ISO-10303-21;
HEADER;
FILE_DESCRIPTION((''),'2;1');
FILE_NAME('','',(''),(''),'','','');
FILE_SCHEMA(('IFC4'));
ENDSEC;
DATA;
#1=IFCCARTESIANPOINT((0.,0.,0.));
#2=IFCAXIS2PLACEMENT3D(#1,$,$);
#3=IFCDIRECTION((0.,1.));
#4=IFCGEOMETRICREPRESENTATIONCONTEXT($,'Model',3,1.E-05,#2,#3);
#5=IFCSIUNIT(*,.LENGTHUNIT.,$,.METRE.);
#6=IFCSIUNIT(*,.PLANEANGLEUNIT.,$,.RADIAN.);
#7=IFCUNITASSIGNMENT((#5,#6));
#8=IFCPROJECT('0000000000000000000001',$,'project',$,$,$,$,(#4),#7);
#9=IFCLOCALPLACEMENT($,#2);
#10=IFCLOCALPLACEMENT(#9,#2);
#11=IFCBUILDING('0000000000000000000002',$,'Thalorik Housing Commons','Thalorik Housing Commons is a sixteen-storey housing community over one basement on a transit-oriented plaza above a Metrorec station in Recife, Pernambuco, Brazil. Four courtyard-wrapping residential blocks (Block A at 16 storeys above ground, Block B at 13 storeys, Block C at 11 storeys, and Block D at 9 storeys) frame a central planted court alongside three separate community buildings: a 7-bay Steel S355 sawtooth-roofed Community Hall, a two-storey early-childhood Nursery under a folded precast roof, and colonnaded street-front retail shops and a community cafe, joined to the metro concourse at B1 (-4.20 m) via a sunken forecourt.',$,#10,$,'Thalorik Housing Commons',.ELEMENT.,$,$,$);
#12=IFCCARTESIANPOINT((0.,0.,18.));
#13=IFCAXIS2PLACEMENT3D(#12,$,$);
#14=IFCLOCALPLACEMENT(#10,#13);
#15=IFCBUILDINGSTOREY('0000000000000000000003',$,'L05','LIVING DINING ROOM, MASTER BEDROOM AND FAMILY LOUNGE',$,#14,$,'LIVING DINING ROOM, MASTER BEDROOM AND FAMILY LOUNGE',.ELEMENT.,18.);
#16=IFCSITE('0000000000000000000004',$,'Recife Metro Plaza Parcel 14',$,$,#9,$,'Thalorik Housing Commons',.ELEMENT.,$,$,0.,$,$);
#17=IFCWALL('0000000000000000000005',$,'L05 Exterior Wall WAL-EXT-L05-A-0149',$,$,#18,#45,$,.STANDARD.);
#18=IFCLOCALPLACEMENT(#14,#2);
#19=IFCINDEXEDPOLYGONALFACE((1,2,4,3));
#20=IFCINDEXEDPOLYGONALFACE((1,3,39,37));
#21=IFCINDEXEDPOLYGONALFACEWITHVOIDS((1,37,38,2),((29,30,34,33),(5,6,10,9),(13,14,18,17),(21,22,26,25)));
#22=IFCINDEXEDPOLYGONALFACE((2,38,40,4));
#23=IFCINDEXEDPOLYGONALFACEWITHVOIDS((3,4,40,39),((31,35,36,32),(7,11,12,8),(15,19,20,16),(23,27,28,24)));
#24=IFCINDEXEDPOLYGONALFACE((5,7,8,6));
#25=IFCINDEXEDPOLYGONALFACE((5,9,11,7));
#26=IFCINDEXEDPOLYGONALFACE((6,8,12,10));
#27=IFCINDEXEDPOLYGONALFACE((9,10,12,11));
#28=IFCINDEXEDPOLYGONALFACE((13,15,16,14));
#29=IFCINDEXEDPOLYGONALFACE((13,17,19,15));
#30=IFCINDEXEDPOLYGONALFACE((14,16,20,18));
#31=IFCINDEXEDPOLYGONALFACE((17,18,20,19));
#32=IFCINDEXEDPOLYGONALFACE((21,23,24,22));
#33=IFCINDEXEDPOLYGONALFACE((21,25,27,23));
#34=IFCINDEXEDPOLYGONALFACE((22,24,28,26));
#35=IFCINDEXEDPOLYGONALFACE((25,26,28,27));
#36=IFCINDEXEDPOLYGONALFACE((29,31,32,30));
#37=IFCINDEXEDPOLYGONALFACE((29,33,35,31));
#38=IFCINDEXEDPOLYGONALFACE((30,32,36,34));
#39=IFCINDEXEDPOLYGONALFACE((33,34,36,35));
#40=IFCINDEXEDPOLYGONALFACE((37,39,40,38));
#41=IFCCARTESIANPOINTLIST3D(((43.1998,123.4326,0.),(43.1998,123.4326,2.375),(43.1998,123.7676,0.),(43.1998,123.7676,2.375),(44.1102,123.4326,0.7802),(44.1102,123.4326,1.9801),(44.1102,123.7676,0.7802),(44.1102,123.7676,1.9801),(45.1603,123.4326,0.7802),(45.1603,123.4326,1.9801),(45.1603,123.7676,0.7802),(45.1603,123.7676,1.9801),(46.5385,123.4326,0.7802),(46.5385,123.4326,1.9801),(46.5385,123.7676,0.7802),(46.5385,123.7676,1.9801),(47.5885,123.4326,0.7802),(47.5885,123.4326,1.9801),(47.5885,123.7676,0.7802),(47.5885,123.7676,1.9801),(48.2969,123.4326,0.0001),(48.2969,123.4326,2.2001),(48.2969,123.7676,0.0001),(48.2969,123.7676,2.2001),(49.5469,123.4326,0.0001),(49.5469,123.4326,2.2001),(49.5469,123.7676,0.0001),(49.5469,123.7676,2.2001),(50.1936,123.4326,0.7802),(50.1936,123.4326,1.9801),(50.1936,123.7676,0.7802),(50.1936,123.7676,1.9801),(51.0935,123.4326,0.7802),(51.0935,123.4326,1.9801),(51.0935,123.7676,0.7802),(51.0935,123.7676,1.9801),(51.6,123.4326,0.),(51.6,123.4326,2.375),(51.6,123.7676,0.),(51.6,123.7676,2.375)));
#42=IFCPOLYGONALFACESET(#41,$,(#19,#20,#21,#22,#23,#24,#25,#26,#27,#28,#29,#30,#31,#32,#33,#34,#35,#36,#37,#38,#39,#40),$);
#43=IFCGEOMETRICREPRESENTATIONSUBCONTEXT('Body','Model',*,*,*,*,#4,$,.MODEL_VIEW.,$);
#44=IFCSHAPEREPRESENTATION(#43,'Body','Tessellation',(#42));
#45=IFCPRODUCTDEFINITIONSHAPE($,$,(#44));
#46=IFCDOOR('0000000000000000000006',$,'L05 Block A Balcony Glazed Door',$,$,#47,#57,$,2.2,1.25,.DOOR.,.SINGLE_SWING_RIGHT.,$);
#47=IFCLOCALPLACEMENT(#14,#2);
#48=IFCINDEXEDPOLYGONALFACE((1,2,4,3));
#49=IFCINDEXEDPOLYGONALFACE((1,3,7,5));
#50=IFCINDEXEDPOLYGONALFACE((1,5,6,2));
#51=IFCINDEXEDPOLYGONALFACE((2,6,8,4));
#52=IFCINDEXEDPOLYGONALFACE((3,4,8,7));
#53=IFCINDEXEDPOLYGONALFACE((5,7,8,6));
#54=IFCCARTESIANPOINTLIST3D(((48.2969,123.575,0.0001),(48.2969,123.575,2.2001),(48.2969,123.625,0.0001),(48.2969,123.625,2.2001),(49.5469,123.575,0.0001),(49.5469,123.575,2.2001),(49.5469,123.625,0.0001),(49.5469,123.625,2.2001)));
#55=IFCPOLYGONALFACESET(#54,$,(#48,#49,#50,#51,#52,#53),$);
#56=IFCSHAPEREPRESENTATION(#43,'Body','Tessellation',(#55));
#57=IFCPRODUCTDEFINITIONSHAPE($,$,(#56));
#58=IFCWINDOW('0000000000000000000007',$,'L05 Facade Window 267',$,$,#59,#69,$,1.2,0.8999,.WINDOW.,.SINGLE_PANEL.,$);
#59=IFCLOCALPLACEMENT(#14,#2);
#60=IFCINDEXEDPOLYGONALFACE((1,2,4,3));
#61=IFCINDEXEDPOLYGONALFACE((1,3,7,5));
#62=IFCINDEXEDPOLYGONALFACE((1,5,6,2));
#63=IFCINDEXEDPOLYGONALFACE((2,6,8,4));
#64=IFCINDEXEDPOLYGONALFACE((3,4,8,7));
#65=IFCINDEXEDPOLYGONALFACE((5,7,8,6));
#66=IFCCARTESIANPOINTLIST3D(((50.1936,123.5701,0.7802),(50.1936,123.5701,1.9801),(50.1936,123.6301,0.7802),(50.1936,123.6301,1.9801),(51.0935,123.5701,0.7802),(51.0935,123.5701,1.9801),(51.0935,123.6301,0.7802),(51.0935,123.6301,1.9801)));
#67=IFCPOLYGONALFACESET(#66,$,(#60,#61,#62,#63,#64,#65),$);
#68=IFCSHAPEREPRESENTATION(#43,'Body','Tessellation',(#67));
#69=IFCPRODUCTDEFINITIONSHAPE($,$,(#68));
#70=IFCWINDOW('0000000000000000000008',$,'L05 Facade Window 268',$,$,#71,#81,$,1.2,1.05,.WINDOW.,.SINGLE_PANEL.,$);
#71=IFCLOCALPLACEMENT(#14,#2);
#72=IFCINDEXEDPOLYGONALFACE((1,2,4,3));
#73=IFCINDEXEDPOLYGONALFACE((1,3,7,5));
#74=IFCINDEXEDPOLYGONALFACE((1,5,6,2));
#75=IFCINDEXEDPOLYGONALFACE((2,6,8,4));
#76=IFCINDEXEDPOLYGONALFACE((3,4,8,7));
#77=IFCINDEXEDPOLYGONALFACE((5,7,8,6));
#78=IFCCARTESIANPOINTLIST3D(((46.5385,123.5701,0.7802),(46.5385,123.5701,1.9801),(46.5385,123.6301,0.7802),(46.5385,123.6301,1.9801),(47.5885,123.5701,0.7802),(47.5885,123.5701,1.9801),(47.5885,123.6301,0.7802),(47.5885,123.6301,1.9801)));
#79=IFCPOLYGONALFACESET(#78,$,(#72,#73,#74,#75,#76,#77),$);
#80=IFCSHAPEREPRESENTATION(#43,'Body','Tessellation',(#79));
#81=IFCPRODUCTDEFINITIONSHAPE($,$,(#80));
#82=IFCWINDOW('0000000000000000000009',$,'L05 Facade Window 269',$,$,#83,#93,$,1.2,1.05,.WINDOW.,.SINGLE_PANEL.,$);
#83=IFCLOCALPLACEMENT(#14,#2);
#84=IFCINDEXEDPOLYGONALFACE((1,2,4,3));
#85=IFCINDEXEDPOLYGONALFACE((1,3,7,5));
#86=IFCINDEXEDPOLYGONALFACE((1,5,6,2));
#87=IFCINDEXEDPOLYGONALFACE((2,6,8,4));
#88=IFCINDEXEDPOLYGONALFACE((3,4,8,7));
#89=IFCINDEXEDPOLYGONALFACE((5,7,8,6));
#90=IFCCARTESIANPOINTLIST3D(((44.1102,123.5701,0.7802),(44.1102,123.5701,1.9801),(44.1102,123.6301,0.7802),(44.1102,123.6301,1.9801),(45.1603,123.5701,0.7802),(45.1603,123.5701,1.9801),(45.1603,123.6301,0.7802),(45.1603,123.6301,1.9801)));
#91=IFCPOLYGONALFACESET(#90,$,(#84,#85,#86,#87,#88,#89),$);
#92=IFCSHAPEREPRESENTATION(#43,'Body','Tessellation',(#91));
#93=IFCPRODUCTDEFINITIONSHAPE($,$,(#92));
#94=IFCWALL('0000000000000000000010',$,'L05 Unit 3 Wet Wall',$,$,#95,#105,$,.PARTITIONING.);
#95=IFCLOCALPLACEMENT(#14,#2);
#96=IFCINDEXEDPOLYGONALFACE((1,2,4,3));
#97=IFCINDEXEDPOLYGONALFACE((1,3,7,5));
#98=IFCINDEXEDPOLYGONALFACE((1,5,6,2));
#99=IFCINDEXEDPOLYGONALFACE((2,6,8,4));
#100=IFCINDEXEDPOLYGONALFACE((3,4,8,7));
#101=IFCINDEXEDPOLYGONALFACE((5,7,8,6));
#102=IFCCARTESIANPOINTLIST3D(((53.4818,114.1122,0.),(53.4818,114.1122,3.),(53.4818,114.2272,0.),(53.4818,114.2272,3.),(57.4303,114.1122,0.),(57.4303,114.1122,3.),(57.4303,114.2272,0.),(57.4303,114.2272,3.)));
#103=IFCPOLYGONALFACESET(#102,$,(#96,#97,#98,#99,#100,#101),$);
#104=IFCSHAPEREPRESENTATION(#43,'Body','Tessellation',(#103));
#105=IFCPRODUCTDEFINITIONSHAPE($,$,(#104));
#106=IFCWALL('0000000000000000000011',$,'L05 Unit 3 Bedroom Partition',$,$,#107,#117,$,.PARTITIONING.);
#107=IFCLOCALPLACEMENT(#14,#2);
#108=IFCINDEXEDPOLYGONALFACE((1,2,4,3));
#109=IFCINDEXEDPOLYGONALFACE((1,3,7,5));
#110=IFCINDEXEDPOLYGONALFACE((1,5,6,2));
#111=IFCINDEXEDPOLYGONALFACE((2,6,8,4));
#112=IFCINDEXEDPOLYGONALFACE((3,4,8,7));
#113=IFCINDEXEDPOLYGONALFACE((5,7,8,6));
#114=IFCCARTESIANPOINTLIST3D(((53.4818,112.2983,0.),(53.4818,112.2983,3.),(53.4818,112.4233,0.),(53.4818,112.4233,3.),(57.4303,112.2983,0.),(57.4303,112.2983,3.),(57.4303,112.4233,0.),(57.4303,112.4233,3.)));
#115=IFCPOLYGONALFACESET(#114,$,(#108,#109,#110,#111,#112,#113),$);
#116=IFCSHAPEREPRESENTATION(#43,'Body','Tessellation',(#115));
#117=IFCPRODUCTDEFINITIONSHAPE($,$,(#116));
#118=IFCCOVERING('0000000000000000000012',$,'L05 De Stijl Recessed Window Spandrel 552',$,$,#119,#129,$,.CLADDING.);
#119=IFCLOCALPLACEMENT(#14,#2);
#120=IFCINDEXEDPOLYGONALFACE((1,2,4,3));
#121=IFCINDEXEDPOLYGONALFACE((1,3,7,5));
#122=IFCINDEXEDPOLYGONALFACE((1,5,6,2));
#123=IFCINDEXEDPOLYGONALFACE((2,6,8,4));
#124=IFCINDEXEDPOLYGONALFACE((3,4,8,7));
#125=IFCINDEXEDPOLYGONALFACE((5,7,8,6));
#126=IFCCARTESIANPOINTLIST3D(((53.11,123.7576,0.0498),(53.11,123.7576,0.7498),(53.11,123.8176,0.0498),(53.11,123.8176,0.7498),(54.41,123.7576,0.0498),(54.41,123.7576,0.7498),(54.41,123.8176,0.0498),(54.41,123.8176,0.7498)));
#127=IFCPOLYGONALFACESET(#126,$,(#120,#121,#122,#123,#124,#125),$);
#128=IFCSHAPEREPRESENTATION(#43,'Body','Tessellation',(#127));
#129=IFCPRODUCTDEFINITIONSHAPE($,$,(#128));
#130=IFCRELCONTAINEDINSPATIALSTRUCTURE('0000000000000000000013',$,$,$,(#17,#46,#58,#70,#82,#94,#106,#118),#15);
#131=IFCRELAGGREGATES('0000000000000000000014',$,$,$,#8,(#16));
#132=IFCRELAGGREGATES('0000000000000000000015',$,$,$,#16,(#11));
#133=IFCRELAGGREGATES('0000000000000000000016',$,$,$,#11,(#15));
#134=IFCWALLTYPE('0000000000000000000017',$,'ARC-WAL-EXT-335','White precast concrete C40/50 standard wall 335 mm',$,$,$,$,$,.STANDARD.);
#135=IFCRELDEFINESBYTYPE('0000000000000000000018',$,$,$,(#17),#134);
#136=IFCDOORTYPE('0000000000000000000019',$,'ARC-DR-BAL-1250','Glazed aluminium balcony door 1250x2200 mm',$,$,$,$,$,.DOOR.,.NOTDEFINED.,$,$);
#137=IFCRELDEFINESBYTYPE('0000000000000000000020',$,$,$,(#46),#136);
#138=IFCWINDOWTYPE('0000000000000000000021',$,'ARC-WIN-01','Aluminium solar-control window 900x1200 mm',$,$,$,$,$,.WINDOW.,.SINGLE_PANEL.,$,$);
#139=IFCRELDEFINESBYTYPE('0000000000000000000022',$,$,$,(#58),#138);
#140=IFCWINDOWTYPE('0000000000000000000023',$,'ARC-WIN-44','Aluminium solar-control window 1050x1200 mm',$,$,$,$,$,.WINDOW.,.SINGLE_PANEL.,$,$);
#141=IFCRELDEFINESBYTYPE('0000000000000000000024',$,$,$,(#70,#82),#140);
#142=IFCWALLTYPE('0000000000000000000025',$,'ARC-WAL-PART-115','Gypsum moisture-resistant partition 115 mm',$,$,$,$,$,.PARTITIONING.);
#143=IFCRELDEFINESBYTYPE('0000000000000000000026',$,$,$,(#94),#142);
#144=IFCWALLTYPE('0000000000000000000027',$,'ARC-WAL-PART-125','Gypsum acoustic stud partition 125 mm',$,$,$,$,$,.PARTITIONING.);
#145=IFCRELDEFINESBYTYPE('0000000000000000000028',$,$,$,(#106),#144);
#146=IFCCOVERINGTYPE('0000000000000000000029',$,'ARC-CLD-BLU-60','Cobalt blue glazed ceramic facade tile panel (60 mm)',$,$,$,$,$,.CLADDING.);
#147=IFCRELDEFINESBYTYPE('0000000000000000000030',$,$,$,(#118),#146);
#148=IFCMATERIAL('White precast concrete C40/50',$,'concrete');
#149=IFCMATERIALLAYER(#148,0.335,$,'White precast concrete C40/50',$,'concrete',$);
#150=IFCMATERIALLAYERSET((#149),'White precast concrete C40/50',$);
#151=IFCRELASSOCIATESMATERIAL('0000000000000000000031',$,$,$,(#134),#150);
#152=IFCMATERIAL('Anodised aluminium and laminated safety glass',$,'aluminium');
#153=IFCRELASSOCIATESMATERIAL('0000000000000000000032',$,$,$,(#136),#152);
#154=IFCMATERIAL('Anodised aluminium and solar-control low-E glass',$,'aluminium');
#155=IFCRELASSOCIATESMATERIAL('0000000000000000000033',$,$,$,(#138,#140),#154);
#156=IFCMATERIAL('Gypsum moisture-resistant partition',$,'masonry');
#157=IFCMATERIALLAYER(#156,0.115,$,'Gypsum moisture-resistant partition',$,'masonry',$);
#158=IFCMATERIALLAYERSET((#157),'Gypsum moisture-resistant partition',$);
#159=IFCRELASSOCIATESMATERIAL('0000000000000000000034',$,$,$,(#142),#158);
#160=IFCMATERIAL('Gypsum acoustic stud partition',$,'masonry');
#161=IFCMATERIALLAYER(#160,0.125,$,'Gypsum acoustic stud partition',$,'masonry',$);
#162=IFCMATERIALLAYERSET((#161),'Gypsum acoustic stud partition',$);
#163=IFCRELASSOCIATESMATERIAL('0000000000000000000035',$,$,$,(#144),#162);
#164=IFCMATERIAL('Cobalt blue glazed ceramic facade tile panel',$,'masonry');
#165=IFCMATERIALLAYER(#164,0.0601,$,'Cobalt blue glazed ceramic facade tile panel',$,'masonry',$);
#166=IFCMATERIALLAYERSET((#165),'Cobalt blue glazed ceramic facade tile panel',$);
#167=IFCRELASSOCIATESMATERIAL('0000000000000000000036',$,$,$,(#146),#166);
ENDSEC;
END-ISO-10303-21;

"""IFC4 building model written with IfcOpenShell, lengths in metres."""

from ifc_helpers import new_model, si_unit, direction, frame, frame_2d, origin, origin_2d, place, context, subcontext, project, spatial, rectangle, extrude, material, layer, layer_set, type_object, element, fill, save


model = new_model("IFC4")

# Units and contexts
model_context = context("Model", 3, precision=1e-05, world=origin(), true_north=direction((0.0, 1.0)))
body_context = subcontext(model_context, "Body", "Model", "MODEL_VIEW")
ifc_project = project(units=[si_unit("LENGTHUNIT", "METRE"), si_unit("PLANEANGLEUNIT", "RADIAN")], contexts=[model_context])

# Site, building, storey
site_placement = place(None, origin())
site = spatial("IfcSite", under=ifc_project, at=site_placement, Name="Recife Metro Plaza Parcel 14", LongName="Thalorik Housing Commons", CompositionType="ELEMENT", RefElevation=0.0)
building_placement = place(site_placement, origin())
building = spatial("IfcBuilding", under=site, at=building_placement, Name="Thalorik Housing Commons", Description="Thalorik Housing Commons is a sixteen-storey housing community over one basement on a transit-oriented plaza above a Metrorec station in Recife, Pernambuco, Brazil. Four courtyard-wrapping residential blocks (Block A at 16 storeys above ground, Block B at 13 storeys, Block C at 11 storeys, and Block D at 9 storeys) frame a central planted court alongside three separate community buildings: a 7-bay Steel S355 sawtooth-roofed Community Hall, a two-storey early-childhood Nursery under a folded precast roof, and colonnaded street-front retail shops and a community cafe, joined to the metro concourse at B1 (-4.20 m) via a sunken forecourt.", LongName="Thalorik Housing Commons", CompositionType="ELEMENT")
storey_placement = place(building_placement, frame((0.0, 0.0, 18.0)))
storey = spatial("IfcBuildingStorey", under=building, at=storey_placement, Name="L05", Description="LIVING DINING ROOM, MASTER BEDROOM AND FAMILY LOUNGE", LongName="LIVING DINING ROOM, MASTER BEDROOM AND FAMILY LOUNGE", CompositionType="ELEMENT", Elevation=18.0)

# Shared definitions
ifc_material_1 = material(Name="White precast concrete C40/50", Category="concrete")
ifc_layer_1 = layer(ifc_material_1, 0.335, Name="White precast concrete C40/50", Category="concrete")
ifc_layer_set_1 = layer_set([ifc_layer_1], Name="White precast concrete C40/50")
wall_type_1 = type_object("IfcWallType", Name="ARC-WAL-EXT-335", Description="White precast concrete C40/50 standard wall 335 mm", PredefinedType="STANDARD", material=ifc_layer_set_1)

# Wall, openings, door, windows
wall_1_placement = place(storey_placement, frame((51.6001, 123.6001, 0.0), z_axis=(0.0, 0.0, 1.0), x_axis=(-1.0, 0.0, 0.0)))
wall_1 = element("IfcWall", 1, at=wall_1_placement, inside=storey, type_object=wall_type_1, Name="L05 Exterior Wall WAL-EXT-L05-A-0149", PredefinedType="STANDARD", context=body_context, shape_type="SweptSolid", body=[
    extrude(rectangle(XDim=8.4001, YDim=0.335, at=frame_2d((4.2002, 0.0))), origin(), (0.0, 0.0, 1.0), 2.375),
])
opening_1_placement = place(wall_1_placement, frame((2.0532, 0.0, 0.0)))
opening_1 = element("IfcOpeningElement", 2, at=opening_1_placement, cuts=wall_1, PredefinedType="OPENING", context=body_context, shape_type="SweptSolid", body=[
    extrude(rectangle(XDim=1.25, YDim=2.2, at=frame_2d((0.625, 1.1001))), frame((0.0, 0.1775, 0.0), z_axis=(0.0, -1.0, 0.0), x_axis=(1.0, 0.0, 0.0)), (0.0, 0.0, 1.0), 0.355),
])
opening_2_placement = place(wall_1_placement, frame((0.5066, 0.0, 0.78)))
opening_2 = element("IfcOpeningElement", 3, at=opening_2_placement, cuts=wall_1, PredefinedType="OPENING", context=body_context, shape_type="SweptSolid", body=[
    extrude(rectangle(XDim=0.8999, YDim=1.2, at=frame_2d((0.45, 0.6001))), frame((0.0, 0.1775, 0.0), z_axis=(0.0, -1.0, 0.0), x_axis=(1.0, 0.0, 0.0)), (0.0, 0.0, 1.0), 0.355),
])
opening_3_placement = place(wall_1_placement, frame((4.0117, 0.0, 0.78)))
opening_3 = element("IfcOpeningElement", 4, at=opening_3_placement, cuts=wall_1, PredefinedType="OPENING", context=body_context, shape_type="SweptSolid", body=[
    extrude(rectangle(XDim=1.05, YDim=1.2, at=frame_2d((0.5249, 0.6001))), frame((0.0, 0.1775, 0.0), z_axis=(0.0, -1.0, 0.0), x_axis=(1.0, 0.0, 0.0)), (0.0, 0.0, 1.0), 0.355),
])
opening_4_placement = place(wall_1_placement, frame((6.4399, 0.0, 0.78)))
opening_4 = element("IfcOpeningElement", 5, at=opening_4_placement, cuts=wall_1, PredefinedType="OPENING", context=body_context, shape_type="SweptSolid", body=[
    extrude(rectangle(XDim=1.05, YDim=1.2, at=frame_2d((0.5249, 0.6001))), frame((0.0, 0.1775, 0.0), z_axis=(0.0, -1.0, 0.0), x_axis=(1.0, 0.0, 0.0)), (0.0, 0.0, 1.0), 0.355),
])
ifc_material_2 = material(Name="Anodised aluminium and laminated safety glass", Category="aluminium")
door_type = type_object("IfcDoorType", Name="ARC-DR-BAL-1250", Description="Glazed aluminium balcony door 1250x2200 mm", OperationType="NOTDEFINED", PredefinedType="DOOR", material=ifc_material_2)
door_placement = place(opening_1_placement, frame((1.25, 0.0, 0.0), z_axis=(0.0, 0.0, 1.0), x_axis=(-1.0, 0.0, 0.0)))
door = element("IfcDoor", 6, at=door_placement, inside=storey, type_object=door_type, Name="L05 Block A Balcony Glazed Door", OperationType="SINGLE_SWING_RIGHT", OverallHeight=2.2, OverallWidth=1.25, PredefinedType="DOOR", context=body_context, shape_type="SweptSolid", body=[
    extrude(rectangle(XDim=1.25, YDim=2.2, at=frame_2d((0.625, 1.1001))), frame((0.0, 0.0249, 0.0), z_axis=(0.0, -1.0, 0.0), x_axis=(1.0, 0.0, 0.0)), (0.0, 0.0, 1.0), 0.05),
])
fill(opening_1, door)
ifc_material_3 = material(Name="Anodised aluminium and solar-control low-E glass", Category="aluminium")
window_type_1 = type_object("IfcWindowType", Name="ARC-WIN-01", Description="Aluminium solar-control window 900x1200 mm", PartitioningType="SINGLE_PANEL", PredefinedType="WINDOW", material=ifc_material_3)
window_1_placement = place(opening_2_placement, origin())
window_1 = element("IfcWindow", 7, at=window_1_placement, inside=storey, type_object=window_type_1, Name="L05 Facade Window 267", OverallHeight=1.2, OverallWidth=0.8999, PartitioningType="SINGLE_PANEL", PredefinedType="WINDOW", context=body_context, shape_type="SweptSolid", body=[
    extrude(rectangle(XDim=0.8999, YDim=1.2, at=frame_2d((0.45, 0.6001))), frame((0.0, 0.03, 0.0), z_axis=(0.0, -1.0, 0.0), x_axis=(1.0, 0.0, 0.0)), (0.0, 0.0, 1.0), 0.0601),
])
fill(opening_2, window_1)
window_type_2 = type_object("IfcWindowType", Name="ARC-WIN-44", Description="Aluminium solar-control window 1050x1200 mm", PartitioningType="SINGLE_PANEL", PredefinedType="WINDOW", material=ifc_material_3)
window_2_placement = place(opening_3_placement, origin())
window_2 = element("IfcWindow", 8, at=window_2_placement, inside=storey, type_object=window_type_2, Name="L05 Facade Window 268", OverallHeight=1.2, OverallWidth=1.05, PartitioningType="SINGLE_PANEL", PredefinedType="WINDOW", context=body_context, shape_type="SweptSolid", body=[
    extrude(rectangle(XDim=1.05, YDim=1.2, at=frame_2d((0.5249, 0.6001))), frame((0.0, 0.03, 0.0), z_axis=(0.0, -1.0, 0.0), x_axis=(1.0, 0.0, 0.0)), (0.0, 0.0, 1.0), 0.0601),
])
fill(opening_3, window_2)
window_3_placement = place(opening_4_placement, origin())
window_3 = element("IfcWindow", 9, at=window_3_placement, inside=storey, type_object=window_type_2, Name="L05 Facade Window 269", OverallHeight=1.2, OverallWidth=1.05, PartitioningType="SINGLE_PANEL", PredefinedType="WINDOW", context=body_context, shape_type="SweptSolid", body=[
    extrude(rectangle(XDim=1.05, YDim=1.2, at=frame_2d((0.5249, 0.6001))), frame((0.0, 0.03, 0.0), z_axis=(0.0, -1.0, 0.0), x_axis=(1.0, 0.0, 0.0)), (0.0, 0.0, 1.0), 0.0601),
])
fill(opening_4, window_3)

# Walls
ifc_material_4 = material(Name="Gypsum moisture-resistant partition", Category="masonry")
ifc_layer_2 = layer(ifc_material_4, 0.115, Name="Gypsum moisture-resistant partition", Category="masonry")
ifc_layer_set_2 = layer_set([ifc_layer_2], Name="Gypsum moisture-resistant partition")
wall_type_2 = type_object("IfcWallType", Name="ARC-WAL-PART-115", Description="Gypsum moisture-resistant partition 115 mm", PredefinedType="PARTITIONING", material=ifc_layer_set_2)
wall_2_placement = place(storey_placement, frame((53.4819, 114.1697, 0.0), z_axis=(0.0, 0.0, 1.0), x_axis=(1.0, 0.0, 0.0)))
element("IfcWall", 10, at=wall_2_placement, inside=storey, type_object=wall_type_2, Name="L05 Unit 3 Wet Wall", PredefinedType="PARTITIONING", context=body_context, shape_type="SweptSolid", body=[
    extrude(rectangle(XDim=3.9485, YDim=0.115, at=frame_2d((1.9741, 0.0))), origin(), (0.0, 0.0, 1.0), 3.0),
])
ifc_material_5 = material(Name="Gypsum acoustic stud partition", Category="masonry")
ifc_layer_3 = layer(ifc_material_5, 0.125, Name="Gypsum acoustic stud partition", Category="masonry")
ifc_layer_set_3 = layer_set([ifc_layer_3], Name="Gypsum acoustic stud partition")
wall_type_3 = type_object("IfcWallType", Name="ARC-WAL-PART-125", Description="Gypsum acoustic stud partition 125 mm", PredefinedType="PARTITIONING", material=ifc_layer_set_3)
wall_3_placement = place(storey_placement, frame((53.4819, 112.3608, 0.0), z_axis=(0.0, 0.0, 1.0), x_axis=(1.0, 0.0, 0.0)))
element("IfcWall", 11, at=wall_3_placement, inside=storey, type_object=wall_type_3, Name="L05 Unit 3 Bedroom Partition", PredefinedType="PARTITIONING", context=body_context, shape_type="SweptSolid", body=[
    extrude(rectangle(XDim=3.9485, YDim=0.125, at=frame_2d((1.9741, 0.0))), origin(), (0.0, 0.0, 1.0), 3.0),
])

# Covering
ifc_material_6 = material(Name="Cobalt blue glazed ceramic facade tile panel", Category="masonry")
ifc_layer_4 = layer(ifc_material_6, 0.0601, Name="Cobalt blue glazed ceramic facade tile panel", Category="masonry")
ifc_layer_set_4 = layer_set([ifc_layer_4], Name="Cobalt blue glazed ceramic facade tile panel")
covering_type_1 = type_object("IfcCoveringType", Name="ARC-CLD-BLU-60", Description="Cobalt blue glazed ceramic facade tile panel (60 mm)", PredefinedType="CLADDING", material=ifc_layer_set_4)
covering_1_placement = place(storey_placement, frame((53.76, 123.7876, 0.0498), z_axis=(0.0, 0.0, 1.0), x_axis=(-1.0, 0.0, 0.0)))
element("IfcCovering", 12, at=covering_1_placement, inside=storey, type_object=covering_type_1, Name="L05 De Stijl Recessed Window Spandrel 552", PredefinedType="CLADDING", context=body_context, shape_type="SweptSolid", body=[
    extrude(rectangle(XDim=1.3, YDim=0.0601, at=origin_2d()), origin(), (0.0, 0.0, 1.0), 0.7),
])

save(model, "model.ifc")
